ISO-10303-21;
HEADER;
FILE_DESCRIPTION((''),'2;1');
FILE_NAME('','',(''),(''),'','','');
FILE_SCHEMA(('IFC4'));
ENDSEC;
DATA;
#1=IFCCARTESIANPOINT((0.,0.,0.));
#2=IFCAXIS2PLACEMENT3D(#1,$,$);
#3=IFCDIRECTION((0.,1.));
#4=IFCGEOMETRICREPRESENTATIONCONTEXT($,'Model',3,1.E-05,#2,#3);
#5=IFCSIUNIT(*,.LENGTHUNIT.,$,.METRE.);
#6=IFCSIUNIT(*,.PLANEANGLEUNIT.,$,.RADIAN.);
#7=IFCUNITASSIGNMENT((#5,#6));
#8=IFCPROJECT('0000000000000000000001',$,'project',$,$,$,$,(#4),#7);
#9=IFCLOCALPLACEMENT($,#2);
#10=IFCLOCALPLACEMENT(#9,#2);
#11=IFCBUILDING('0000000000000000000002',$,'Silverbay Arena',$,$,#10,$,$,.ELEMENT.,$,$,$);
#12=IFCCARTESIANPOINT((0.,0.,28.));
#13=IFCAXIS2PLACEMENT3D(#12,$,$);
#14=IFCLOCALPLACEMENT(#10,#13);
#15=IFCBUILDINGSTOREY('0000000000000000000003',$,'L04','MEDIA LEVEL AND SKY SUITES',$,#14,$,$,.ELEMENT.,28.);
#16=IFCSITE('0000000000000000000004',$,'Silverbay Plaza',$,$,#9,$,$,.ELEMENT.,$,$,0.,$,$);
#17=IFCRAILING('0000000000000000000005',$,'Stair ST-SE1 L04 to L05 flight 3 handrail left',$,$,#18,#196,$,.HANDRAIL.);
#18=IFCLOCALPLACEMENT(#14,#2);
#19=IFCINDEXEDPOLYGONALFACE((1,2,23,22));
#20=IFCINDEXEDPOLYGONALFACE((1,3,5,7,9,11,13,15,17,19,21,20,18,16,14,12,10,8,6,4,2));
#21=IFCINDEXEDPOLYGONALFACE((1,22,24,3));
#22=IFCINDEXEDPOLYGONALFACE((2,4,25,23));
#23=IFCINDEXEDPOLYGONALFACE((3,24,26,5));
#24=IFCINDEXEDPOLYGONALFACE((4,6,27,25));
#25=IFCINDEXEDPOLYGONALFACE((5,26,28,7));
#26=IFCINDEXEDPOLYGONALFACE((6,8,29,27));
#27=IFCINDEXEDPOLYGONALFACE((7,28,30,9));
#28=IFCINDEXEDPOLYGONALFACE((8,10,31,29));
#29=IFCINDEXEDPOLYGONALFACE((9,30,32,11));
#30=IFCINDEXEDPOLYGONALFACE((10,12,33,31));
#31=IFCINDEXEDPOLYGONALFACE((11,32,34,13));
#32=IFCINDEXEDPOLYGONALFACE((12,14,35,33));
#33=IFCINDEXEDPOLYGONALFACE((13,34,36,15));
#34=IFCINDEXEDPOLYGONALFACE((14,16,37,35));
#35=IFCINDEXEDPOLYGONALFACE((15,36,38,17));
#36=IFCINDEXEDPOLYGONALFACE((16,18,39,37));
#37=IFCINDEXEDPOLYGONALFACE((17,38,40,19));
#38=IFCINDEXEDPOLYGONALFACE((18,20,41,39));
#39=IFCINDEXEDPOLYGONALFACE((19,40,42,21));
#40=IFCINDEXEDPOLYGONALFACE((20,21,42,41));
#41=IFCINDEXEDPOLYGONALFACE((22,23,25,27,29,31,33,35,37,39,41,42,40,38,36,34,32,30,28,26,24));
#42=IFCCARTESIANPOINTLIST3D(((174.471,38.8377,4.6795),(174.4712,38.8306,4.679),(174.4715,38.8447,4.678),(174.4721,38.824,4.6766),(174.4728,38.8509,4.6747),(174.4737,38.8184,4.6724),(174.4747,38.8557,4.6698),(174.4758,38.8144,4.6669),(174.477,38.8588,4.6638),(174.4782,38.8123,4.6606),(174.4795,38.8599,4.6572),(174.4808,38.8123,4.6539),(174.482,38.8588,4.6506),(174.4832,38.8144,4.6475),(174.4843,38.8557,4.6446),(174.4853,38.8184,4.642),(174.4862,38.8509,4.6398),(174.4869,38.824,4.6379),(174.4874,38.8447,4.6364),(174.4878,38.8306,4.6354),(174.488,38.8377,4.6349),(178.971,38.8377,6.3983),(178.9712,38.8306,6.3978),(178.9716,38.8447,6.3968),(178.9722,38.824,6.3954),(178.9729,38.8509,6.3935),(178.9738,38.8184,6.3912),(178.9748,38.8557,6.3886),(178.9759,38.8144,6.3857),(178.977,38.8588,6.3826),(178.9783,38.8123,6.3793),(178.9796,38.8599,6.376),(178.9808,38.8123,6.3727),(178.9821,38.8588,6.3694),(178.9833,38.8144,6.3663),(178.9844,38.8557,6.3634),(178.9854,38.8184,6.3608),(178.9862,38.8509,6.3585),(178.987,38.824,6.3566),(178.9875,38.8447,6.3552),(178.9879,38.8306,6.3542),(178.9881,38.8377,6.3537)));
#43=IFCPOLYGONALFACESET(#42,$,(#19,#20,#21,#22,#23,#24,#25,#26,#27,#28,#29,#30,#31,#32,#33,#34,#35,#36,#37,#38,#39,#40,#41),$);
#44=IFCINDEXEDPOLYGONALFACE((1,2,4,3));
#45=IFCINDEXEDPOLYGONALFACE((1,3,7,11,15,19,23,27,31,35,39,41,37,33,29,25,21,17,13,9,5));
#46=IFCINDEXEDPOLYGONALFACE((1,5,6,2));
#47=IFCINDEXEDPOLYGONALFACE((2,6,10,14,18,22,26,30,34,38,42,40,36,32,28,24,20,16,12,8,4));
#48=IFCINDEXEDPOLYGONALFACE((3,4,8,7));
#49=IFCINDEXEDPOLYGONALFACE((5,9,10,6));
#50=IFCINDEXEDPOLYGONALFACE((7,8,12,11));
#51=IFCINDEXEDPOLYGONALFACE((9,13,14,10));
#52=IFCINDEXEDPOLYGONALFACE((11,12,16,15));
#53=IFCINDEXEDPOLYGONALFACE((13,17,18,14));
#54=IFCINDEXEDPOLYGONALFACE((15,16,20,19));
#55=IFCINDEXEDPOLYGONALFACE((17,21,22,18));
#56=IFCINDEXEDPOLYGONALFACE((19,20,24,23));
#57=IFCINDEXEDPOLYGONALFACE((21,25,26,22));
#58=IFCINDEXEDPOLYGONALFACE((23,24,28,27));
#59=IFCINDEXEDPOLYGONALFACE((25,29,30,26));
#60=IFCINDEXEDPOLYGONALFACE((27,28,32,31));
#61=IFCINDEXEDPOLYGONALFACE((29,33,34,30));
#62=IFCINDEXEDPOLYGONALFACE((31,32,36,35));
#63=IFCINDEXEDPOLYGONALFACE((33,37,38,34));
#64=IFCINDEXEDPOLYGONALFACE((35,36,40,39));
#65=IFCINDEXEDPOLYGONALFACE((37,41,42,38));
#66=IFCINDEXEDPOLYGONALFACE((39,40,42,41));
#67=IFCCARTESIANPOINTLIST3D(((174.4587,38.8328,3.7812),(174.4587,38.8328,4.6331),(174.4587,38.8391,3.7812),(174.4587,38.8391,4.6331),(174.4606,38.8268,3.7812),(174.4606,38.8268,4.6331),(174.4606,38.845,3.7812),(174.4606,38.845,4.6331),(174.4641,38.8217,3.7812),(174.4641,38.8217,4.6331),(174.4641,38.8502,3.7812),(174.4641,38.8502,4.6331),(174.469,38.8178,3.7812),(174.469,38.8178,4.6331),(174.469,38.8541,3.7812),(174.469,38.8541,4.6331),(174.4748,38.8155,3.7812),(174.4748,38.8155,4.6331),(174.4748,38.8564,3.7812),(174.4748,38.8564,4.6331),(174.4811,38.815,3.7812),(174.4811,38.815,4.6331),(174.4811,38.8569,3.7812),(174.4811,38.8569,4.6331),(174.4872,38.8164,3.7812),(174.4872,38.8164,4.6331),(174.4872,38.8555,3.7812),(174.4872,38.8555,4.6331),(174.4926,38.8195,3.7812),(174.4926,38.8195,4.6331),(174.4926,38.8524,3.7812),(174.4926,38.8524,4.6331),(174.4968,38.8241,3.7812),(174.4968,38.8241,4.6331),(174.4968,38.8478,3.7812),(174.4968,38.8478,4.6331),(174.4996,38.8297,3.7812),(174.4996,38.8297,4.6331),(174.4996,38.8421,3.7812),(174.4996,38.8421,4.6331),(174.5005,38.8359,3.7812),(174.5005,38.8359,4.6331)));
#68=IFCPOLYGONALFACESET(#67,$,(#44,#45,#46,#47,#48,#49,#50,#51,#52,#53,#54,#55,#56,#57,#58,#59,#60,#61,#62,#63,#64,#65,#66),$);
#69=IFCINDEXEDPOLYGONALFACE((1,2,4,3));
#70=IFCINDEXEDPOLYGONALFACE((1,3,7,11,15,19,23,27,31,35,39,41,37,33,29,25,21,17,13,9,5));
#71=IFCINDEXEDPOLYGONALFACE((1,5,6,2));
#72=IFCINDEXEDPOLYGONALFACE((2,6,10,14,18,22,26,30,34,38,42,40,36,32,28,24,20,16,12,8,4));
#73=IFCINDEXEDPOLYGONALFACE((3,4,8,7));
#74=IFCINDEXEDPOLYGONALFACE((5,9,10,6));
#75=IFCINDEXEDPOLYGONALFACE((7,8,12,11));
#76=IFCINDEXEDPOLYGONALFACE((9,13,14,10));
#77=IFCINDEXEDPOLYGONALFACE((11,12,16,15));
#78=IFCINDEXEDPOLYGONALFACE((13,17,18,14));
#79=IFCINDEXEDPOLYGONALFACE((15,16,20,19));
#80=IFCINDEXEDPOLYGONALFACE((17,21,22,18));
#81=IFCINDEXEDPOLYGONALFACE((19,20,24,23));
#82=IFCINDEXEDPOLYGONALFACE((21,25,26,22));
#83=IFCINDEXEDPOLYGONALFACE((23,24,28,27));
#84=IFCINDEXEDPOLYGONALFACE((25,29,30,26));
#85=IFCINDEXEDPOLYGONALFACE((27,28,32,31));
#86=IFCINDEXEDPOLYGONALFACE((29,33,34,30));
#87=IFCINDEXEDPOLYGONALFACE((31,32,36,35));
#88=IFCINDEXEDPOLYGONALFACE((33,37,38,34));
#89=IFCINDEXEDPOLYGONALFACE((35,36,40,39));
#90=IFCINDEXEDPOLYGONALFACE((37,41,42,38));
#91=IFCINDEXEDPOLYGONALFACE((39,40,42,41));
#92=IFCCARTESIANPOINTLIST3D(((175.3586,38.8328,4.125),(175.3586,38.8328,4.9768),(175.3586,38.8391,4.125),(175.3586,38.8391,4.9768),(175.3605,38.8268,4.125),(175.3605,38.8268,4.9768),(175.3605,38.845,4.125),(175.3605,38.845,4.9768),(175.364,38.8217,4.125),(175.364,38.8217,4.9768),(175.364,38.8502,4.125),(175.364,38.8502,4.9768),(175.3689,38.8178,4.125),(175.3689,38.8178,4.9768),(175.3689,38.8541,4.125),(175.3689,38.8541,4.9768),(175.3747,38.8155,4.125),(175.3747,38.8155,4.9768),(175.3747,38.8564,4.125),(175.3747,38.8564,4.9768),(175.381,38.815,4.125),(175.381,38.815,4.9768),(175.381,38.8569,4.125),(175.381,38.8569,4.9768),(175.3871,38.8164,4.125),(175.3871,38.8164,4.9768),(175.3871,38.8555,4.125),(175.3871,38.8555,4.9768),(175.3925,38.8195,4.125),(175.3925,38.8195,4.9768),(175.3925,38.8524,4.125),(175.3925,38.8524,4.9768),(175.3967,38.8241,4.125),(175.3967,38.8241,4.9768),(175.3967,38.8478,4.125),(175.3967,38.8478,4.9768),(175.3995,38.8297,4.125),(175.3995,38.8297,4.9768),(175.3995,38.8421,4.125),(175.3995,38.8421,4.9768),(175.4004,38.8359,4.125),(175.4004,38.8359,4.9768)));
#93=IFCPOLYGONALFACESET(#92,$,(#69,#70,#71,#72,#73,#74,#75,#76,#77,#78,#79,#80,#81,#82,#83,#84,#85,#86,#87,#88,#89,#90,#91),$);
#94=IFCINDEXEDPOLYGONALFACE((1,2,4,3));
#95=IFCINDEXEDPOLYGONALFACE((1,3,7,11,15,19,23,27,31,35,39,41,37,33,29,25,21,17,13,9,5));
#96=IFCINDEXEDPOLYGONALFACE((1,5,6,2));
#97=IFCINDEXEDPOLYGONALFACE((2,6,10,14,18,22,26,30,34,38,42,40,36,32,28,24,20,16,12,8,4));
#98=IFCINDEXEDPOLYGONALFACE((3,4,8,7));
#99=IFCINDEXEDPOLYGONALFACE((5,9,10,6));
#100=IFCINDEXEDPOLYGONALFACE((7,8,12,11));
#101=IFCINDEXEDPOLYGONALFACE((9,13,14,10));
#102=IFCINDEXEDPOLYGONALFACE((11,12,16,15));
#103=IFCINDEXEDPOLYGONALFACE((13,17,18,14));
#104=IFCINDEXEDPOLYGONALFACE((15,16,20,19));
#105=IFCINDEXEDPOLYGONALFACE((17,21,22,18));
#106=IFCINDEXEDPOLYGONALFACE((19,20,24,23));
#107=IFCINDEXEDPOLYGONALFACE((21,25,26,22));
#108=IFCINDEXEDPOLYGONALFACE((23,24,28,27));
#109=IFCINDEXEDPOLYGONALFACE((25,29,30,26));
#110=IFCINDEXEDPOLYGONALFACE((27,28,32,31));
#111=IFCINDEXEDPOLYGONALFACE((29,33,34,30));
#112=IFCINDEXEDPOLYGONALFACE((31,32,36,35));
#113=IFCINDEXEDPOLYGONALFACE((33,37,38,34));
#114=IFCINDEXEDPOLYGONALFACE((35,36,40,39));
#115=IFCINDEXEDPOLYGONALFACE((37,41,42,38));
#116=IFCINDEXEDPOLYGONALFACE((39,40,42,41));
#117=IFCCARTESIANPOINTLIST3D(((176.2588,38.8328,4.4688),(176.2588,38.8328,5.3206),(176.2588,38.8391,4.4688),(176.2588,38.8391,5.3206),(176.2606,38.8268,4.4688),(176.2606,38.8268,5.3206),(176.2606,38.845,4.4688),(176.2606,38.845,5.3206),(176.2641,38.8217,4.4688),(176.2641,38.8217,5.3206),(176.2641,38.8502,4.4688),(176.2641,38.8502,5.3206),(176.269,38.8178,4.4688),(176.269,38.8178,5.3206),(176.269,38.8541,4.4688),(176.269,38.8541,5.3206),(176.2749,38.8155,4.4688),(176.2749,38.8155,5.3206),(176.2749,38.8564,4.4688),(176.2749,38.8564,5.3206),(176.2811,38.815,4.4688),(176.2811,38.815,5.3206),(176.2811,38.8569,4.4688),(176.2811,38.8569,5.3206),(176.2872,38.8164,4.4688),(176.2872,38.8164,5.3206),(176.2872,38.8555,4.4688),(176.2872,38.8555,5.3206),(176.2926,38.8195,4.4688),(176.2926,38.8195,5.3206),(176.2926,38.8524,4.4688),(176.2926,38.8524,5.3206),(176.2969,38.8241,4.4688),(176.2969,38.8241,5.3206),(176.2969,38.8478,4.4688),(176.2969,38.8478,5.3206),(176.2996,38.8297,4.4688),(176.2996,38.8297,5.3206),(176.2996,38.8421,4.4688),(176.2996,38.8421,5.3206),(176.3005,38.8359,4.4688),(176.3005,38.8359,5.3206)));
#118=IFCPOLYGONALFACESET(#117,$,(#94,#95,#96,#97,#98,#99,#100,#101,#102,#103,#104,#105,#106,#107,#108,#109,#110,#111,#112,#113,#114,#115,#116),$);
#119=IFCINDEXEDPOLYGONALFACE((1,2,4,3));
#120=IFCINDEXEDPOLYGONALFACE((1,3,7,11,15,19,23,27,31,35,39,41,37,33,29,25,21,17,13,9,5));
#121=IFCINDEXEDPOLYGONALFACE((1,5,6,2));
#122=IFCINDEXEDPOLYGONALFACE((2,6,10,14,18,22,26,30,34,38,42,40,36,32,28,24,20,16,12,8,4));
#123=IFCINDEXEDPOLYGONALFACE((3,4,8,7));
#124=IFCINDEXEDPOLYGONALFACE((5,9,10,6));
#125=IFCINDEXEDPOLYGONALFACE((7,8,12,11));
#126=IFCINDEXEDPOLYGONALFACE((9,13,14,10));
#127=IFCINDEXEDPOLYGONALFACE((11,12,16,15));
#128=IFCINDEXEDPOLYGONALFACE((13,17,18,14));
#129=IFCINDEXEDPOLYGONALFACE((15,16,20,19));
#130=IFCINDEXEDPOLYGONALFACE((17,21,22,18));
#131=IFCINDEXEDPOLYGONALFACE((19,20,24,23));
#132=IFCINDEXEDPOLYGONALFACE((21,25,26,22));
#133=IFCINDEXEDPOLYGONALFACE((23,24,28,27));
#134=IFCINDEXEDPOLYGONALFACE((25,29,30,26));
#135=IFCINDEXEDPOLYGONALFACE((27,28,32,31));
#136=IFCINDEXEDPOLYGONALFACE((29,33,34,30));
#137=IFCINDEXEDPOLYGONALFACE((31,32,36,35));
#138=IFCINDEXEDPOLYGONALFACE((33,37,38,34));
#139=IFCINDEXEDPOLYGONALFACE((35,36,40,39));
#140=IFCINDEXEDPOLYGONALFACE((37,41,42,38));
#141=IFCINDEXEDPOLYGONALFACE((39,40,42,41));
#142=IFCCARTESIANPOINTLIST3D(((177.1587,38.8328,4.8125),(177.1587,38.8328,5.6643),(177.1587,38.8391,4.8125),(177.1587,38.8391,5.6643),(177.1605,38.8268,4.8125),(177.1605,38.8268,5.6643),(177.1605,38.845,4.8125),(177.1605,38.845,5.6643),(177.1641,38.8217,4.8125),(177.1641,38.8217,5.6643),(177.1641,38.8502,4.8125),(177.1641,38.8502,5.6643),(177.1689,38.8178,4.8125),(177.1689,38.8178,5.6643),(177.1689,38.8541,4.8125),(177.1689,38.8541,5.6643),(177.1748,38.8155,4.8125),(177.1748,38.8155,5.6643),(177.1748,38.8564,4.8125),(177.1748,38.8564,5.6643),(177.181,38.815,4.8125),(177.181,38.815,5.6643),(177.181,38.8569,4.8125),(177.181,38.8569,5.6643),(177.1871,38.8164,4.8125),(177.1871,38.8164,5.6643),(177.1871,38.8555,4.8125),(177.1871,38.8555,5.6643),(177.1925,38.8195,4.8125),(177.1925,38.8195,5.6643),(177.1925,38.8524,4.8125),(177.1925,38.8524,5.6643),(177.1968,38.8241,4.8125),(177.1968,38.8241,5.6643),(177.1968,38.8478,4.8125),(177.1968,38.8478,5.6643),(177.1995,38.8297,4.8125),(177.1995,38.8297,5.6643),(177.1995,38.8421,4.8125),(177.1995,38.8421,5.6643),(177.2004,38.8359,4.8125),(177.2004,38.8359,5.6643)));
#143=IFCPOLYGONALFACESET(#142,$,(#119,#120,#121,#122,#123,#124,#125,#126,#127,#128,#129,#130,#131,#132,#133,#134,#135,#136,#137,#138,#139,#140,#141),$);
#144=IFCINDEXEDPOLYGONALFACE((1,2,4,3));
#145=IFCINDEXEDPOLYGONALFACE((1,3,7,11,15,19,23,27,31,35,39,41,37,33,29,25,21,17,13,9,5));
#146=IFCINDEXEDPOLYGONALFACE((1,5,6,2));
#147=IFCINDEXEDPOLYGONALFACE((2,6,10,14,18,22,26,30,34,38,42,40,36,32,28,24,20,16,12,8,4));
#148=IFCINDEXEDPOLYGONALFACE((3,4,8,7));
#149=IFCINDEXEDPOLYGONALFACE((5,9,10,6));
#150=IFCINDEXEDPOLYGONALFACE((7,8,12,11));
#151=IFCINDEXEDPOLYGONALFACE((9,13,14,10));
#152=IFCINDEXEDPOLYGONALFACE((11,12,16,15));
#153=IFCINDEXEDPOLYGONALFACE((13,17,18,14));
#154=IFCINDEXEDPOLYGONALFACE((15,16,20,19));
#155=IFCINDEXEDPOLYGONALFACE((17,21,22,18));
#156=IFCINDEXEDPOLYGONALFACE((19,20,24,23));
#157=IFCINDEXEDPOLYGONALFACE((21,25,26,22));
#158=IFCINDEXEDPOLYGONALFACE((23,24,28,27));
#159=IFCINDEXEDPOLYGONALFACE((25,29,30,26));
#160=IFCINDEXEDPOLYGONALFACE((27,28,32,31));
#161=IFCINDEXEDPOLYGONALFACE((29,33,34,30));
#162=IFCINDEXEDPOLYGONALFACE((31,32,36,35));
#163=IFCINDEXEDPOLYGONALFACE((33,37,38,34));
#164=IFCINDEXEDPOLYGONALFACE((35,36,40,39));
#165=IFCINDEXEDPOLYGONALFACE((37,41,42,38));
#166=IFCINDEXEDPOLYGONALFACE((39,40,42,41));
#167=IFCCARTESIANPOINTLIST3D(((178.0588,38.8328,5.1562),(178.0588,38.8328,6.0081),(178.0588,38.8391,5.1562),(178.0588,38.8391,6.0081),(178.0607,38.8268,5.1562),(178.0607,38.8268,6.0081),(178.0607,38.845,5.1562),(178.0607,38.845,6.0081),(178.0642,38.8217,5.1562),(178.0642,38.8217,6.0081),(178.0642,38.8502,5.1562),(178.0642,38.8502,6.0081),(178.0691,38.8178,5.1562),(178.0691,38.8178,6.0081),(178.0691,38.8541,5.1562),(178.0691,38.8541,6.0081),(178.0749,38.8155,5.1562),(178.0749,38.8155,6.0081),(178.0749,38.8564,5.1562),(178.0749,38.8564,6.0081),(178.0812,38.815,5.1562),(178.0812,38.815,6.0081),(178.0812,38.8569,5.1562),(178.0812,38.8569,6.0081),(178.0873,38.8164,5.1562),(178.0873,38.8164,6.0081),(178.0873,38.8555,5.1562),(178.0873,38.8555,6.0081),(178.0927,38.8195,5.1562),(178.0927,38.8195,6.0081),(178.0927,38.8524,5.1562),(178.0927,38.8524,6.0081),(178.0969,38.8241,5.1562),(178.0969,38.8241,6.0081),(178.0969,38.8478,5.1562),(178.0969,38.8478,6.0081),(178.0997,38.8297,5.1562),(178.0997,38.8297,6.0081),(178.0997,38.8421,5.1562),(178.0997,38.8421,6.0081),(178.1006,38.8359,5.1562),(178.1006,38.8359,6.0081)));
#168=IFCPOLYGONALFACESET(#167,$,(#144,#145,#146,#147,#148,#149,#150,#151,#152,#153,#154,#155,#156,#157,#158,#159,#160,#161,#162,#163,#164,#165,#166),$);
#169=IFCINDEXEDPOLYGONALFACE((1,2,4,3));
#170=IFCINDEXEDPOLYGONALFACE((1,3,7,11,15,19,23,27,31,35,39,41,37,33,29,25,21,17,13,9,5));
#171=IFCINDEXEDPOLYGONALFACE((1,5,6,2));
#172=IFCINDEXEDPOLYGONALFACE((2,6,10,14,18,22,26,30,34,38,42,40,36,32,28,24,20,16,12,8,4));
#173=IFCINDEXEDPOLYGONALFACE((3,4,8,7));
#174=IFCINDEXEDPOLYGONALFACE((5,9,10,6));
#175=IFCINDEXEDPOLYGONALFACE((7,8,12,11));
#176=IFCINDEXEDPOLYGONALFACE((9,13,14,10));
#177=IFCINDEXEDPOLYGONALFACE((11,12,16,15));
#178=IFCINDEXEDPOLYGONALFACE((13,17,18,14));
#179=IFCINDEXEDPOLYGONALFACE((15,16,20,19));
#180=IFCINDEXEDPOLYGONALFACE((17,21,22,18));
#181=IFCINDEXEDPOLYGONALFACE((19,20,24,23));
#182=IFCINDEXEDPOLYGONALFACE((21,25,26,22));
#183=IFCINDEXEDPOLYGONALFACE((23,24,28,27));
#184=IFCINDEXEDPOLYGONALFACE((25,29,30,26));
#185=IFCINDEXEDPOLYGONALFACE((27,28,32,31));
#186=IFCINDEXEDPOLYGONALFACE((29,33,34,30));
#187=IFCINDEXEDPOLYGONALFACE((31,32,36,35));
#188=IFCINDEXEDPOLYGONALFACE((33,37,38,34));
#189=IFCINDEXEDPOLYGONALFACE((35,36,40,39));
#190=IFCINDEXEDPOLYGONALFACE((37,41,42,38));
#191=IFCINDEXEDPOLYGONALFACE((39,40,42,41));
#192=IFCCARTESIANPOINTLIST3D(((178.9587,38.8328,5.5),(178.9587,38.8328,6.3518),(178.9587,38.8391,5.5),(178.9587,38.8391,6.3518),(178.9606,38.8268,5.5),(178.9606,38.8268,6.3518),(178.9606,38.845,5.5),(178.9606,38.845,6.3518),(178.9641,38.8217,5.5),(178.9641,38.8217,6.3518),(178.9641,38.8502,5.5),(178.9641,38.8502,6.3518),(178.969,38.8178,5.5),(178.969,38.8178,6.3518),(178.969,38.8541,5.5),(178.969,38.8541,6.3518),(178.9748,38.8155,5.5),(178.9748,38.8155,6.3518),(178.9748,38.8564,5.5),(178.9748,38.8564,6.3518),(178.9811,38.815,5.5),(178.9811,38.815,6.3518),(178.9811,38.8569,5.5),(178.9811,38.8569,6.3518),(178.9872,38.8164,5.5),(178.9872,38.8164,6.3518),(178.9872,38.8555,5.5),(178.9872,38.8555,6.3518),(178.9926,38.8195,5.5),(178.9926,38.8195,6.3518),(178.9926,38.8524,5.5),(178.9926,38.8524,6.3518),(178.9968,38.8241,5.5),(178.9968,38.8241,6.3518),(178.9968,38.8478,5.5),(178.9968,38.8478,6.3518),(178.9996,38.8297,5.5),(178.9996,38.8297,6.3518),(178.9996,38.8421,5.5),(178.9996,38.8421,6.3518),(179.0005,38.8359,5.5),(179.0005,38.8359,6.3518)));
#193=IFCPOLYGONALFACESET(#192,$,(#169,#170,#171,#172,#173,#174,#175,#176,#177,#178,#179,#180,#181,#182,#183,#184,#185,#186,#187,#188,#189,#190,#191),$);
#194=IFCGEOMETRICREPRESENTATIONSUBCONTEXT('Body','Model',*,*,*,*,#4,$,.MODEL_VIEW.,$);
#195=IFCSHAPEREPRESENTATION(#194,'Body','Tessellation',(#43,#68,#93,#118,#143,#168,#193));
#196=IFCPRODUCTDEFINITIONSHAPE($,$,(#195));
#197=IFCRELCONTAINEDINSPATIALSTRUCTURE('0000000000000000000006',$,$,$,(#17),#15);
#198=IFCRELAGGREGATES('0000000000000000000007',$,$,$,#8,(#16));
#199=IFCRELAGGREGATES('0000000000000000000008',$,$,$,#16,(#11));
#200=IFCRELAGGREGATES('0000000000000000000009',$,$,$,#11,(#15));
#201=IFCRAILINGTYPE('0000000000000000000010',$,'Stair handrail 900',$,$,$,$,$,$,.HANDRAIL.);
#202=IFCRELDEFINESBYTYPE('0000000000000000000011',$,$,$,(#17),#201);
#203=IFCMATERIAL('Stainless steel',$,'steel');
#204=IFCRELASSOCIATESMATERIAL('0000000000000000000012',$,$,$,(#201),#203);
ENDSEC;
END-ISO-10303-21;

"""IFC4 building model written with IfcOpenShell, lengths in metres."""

from ifc_helpers import new_model, si_unit, direction, frame, origin, origin_2d, place, context, subcontext, project, spatial, circle, extrude, material, type_object, element, save


model = new_model("IFC4")

# Units and contexts
model_context = context("Model", 3, precision=1e-05, world=origin(), true_north=direction((0.0, 1.0)))
body_context = subcontext(model_context, "Body", "Model", "MODEL_VIEW")
ifc_project = project(units=[si_unit("LENGTHUNIT", "METRE"), si_unit("PLANEANGLEUNIT", "RADIAN")], contexts=[model_context])

# Site, building, storey
site_placement = place(None, origin())
site = spatial("IfcSite", under=ifc_project, at=site_placement, Name="Silverbay Plaza", CompositionType="ELEMENT", RefElevation=0.0)
building_placement = place(site_placement, origin())
building = spatial("IfcBuilding", under=site, at=building_placement, Name="Silverbay Arena", CompositionType="ELEMENT")
storey_placement = place(building_placement, frame((0.0, 0.0, 28.0)))
storey = spatial("IfcBuildingStorey", under=building, at=storey_placement, Name="L04", Description="MEDIA LEVEL AND SKY SUITES", CompositionType="ELEMENT", Elevation=28.0)

# Railing
ifc_material_1 = material(Name="Stainless steel", Category="steel")
railing_type_1 = type_object("IfcRailingType", Name="Stair handrail 900", PredefinedType="HANDRAIL", material=ifc_material_1)
for number, where, name in (
    (1, (174.4795, 38.8359, 3.7812), "Stair ST-SE1 L04 to L05 flight 3 handrail left"),
):
    element("IfcRailing", number, at=place(storey_placement, frame(where)), inside=storey, type_object=railing_type_1, Name=name, PredefinedType="HANDRAIL", context=body_context, shape_type="SweptSolid", body=[
        extrude(circle(Radius=0.0239, at=origin_2d()), frame((0.0, 0.0, 0.876), z_axis=(0.934179, 0.0, 0.356805), x_axis=(0.0, 1.0, 0.0)), (0.0, 0.0, 1.0), 4.8171),
        extrude(circle(Radius=0.021, at=origin_2d()), origin(), (0.0, 0.0, 1.0), 0.8518),
        extrude(circle(Radius=0.021, at=origin_2d()), frame((0.8999, 0.0, 0.3438)), (0.0, 0.0, 1.0), 0.8518),
        extrude(circle(Radius=0.021, at=origin_2d()), frame((1.8, 0.0, 0.6875)), (0.0, 0.0, 1.0), 0.8518),
        extrude(circle(Radius=0.021, at=origin_2d()), frame((2.7, 0.0, 1.0312)), (0.0, 0.0, 1.0), 0.8518),
        extrude(circle(Radius=0.021, at=origin_2d()), frame((3.6001, 0.0, 1.375)), (0.0, 0.0, 1.0), 0.8518),
        extrude(circle(Radius=0.021, at=origin_2d()), frame((4.5, 0.0, 1.7188)), (0.0, 0.0, 1.0), 0.8518),
    ])

save(model, "model.ifc")
